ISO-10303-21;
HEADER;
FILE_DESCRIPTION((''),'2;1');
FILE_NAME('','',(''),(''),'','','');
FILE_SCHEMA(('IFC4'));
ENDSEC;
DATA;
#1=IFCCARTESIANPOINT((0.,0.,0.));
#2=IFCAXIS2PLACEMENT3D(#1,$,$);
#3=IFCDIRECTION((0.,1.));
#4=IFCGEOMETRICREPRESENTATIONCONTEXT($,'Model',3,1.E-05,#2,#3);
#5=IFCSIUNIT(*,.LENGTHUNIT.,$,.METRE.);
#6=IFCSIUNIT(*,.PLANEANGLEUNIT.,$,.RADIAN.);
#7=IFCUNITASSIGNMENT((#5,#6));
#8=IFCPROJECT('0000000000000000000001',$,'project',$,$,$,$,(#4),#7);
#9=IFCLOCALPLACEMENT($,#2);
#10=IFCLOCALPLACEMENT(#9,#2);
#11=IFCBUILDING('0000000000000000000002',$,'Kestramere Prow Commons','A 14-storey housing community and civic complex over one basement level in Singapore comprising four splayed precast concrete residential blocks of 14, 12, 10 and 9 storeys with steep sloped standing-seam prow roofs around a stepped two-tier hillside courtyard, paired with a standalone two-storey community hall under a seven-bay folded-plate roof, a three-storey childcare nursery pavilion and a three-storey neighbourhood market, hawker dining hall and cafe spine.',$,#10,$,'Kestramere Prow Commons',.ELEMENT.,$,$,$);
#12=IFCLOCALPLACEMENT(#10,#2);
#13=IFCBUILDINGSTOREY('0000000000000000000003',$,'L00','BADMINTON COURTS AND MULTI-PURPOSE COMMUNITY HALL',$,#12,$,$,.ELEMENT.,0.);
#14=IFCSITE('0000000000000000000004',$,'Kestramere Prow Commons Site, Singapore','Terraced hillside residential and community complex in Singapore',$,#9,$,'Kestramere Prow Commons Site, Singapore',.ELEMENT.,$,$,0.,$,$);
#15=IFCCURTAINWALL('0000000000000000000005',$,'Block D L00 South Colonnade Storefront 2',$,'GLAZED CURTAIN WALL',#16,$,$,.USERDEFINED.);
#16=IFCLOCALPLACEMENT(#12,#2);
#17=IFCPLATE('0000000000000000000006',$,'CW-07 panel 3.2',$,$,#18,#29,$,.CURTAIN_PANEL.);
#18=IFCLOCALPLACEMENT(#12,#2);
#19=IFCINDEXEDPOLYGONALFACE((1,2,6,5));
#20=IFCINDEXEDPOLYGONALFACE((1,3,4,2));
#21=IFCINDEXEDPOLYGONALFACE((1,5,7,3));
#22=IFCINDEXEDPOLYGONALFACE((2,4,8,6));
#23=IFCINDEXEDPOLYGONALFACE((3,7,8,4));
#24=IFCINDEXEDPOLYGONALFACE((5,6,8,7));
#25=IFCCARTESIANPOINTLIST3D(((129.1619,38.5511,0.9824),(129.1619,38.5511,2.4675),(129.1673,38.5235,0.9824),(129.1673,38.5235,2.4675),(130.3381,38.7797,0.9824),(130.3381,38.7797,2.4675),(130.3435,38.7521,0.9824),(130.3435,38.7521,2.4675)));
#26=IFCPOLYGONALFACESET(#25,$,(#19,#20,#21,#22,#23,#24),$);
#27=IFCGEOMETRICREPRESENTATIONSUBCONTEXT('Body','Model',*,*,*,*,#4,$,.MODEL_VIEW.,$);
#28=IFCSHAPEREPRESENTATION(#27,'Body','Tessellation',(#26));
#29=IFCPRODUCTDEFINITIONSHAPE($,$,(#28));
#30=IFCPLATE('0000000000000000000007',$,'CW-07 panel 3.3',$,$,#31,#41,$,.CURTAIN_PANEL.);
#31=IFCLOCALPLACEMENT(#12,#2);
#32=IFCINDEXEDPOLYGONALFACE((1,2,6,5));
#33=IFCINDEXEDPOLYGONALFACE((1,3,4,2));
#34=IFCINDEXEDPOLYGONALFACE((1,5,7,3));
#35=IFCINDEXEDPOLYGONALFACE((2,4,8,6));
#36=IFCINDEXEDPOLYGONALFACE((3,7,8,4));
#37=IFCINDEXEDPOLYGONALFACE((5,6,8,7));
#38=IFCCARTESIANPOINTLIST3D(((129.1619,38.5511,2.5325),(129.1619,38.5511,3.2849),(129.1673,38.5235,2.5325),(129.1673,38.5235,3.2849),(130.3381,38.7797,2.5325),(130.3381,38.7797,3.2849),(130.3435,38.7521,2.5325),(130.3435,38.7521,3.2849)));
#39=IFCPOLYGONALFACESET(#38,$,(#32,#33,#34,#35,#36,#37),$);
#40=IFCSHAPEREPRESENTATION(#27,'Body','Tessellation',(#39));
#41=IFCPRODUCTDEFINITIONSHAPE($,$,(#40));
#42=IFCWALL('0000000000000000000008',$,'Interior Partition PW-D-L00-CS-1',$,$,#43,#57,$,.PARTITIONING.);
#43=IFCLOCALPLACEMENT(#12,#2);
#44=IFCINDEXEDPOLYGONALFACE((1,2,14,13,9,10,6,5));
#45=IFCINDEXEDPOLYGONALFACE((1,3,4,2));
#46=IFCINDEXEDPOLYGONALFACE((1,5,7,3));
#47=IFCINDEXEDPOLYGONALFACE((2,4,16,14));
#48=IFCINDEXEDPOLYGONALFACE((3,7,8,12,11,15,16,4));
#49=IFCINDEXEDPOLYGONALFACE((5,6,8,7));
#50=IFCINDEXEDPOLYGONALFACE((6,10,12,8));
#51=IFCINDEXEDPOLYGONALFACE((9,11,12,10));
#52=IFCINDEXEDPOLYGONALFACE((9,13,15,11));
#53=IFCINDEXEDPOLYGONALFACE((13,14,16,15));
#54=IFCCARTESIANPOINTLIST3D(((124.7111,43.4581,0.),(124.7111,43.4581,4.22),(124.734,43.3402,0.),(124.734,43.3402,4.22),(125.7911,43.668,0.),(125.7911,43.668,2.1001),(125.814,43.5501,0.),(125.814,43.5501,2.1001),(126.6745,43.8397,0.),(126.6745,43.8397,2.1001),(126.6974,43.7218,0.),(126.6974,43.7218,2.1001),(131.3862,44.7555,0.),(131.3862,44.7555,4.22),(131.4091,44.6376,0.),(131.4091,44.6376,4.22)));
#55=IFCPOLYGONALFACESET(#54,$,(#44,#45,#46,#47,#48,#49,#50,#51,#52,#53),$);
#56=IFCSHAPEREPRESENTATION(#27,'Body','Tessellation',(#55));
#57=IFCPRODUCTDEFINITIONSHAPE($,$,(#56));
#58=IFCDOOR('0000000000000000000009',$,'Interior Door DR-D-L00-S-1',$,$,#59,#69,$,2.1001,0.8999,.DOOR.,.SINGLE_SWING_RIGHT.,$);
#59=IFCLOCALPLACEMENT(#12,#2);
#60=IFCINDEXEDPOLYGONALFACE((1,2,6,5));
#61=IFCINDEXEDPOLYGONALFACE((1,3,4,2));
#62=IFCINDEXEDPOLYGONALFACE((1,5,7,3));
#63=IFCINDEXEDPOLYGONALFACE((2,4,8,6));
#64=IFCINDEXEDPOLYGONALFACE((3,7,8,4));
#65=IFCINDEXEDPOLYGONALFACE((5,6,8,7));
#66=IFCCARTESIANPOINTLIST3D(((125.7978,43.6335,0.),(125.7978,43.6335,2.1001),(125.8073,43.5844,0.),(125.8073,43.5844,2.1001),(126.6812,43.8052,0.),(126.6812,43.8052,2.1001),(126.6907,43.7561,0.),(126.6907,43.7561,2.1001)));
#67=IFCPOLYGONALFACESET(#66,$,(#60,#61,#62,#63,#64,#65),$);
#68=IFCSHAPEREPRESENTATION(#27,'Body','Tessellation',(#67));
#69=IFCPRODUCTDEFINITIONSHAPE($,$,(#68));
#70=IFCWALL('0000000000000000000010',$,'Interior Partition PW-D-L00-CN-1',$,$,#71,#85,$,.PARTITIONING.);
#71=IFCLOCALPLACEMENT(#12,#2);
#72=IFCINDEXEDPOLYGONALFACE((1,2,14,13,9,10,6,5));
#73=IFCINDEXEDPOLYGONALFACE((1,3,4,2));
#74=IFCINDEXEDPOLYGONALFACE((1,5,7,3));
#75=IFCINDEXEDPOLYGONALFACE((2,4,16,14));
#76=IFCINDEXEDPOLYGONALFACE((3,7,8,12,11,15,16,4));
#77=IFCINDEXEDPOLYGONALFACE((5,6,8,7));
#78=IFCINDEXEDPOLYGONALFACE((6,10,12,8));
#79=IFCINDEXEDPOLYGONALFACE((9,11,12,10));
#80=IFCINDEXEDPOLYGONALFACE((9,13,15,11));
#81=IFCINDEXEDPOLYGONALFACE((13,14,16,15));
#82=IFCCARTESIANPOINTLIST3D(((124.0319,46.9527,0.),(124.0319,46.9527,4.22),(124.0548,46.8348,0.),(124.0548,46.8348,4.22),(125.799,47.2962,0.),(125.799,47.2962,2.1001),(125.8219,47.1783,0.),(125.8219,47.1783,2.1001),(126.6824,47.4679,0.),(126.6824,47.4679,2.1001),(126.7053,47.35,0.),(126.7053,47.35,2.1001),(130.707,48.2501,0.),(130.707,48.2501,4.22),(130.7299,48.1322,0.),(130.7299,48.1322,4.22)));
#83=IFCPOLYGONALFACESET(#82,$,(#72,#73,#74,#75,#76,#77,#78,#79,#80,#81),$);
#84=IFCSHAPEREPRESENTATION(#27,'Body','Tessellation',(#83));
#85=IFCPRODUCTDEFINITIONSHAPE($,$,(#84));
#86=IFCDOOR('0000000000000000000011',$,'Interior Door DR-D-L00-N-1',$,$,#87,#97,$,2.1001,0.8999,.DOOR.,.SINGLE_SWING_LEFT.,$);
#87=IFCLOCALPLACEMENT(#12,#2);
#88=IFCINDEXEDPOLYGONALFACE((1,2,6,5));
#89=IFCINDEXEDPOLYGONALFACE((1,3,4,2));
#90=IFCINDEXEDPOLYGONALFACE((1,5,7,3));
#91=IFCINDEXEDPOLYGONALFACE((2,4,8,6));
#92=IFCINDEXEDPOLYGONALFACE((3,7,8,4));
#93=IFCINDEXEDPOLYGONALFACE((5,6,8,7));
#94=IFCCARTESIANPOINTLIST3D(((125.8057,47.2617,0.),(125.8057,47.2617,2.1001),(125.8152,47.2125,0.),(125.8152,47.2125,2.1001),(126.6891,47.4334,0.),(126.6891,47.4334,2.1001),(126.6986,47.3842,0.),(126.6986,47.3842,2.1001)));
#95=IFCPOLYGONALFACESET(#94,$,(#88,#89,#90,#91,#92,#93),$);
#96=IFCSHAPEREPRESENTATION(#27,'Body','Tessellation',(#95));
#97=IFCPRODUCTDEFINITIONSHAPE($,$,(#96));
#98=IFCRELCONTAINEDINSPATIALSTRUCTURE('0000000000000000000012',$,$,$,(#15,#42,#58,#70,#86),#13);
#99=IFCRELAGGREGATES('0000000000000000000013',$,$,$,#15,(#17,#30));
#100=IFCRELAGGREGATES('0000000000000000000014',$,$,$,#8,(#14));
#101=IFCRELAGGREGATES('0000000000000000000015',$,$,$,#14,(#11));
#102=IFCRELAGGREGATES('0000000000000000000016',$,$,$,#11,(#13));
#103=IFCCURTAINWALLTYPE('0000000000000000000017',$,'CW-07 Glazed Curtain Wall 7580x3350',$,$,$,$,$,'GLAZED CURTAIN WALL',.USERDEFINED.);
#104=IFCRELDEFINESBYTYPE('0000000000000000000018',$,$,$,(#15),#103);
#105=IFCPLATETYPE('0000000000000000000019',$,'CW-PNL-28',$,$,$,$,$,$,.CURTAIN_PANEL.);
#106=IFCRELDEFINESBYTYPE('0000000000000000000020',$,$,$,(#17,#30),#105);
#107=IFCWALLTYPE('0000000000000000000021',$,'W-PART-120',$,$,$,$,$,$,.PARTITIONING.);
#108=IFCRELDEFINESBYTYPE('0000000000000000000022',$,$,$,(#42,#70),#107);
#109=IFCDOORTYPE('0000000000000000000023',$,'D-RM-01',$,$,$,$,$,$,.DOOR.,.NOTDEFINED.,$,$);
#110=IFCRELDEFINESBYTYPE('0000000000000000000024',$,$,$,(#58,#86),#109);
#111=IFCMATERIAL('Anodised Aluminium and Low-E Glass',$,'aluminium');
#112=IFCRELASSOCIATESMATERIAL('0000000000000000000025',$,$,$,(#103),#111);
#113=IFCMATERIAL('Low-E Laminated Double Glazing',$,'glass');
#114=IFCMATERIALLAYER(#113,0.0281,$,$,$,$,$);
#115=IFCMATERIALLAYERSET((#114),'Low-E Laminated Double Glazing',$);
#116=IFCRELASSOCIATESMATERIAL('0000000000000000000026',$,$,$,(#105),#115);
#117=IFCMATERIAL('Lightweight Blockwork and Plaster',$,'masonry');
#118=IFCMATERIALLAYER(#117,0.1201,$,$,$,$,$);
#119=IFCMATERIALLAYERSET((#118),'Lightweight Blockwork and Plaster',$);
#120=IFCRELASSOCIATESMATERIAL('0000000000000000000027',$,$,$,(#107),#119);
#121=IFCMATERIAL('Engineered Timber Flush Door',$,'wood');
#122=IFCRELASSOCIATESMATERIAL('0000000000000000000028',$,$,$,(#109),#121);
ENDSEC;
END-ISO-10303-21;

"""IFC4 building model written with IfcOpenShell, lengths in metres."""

from ifc_helpers import new_model, si_unit, direction, frame, frame_2d, origin, origin_2d, place, context, subcontext, project, spatial, rectangle, extrude, material, layer, layer_set, type_object, element, fill, aggregate, save


model = new_model("IFC4")

# Units and contexts
model_context = context("Model", 3, precision=1e-05, world=origin(), true_north=direction((0.0, 1.0)))
body_context = subcontext(model_context, "Body", "Model", "MODEL_VIEW")
ifc_project = project(units=[si_unit("LENGTHUNIT", "METRE"), si_unit("PLANEANGLEUNIT", "RADIAN")], contexts=[model_context])

# Site, building, storey
site_placement = place(None, origin())
site = spatial("IfcSite", under=ifc_project, at=site_placement, Name="Kestramere Prow Commons Site, Singapore", Description="Terraced hillside residential and community complex in Singapore", LongName="Kestramere Prow Commons Site, Singapore", CompositionType="ELEMENT", RefElevation=0.0)
building_placement = place(site_placement, origin())
building = spatial("IfcBuilding", under=site, at=building_placement, Name="Kestramere Prow Commons", Description="A 14-storey housing community and civic complex over one basement level in Singapore comprising four splayed precast concrete residential blocks of 14, 12, 10 and 9 storeys with steep sloped standing-seam prow roofs around a stepped two-tier hillside courtyard, paired with a standalone two-storey community hall under a seven-bay folded-plate roof, a three-storey childcare nursery pavilion and a three-storey neighbourhood market, hawker dining hall and cafe spine.", LongName="Kestramere Prow Commons", CompositionType="ELEMENT")
storey_placement = place(building_placement, origin())
storey = spatial("IfcBuildingStorey", under=building, at=storey_placement, Name="L00", Description="BADMINTON COURTS AND MULTI-PURPOSE COMMUNITY HALL", CompositionType="ELEMENT", Elevation=0.0)

# Curtain wall
ifc_material_1 = material(Name="Anodised Aluminium and Low-E Glass", Category="aluminium")
curtain_wall_type = type_object("IfcCurtainWallType", Name="CW-07 Glazed Curtain Wall 7580x3350", ElementType="GLAZED CURTAIN WALL", PredefinedType="USERDEFINED", material=ifc_material_1)
curtain_wall_placement = place(storey_placement, origin())
curtain_wall = element("IfcCurtainWall", 1, at=curtain_wall_placement, inside=storey, type_object=curtain_wall_type, Name="Block D L00 South Colonnade Storefront 2", ObjectType="GLAZED CURTAIN WALL", PredefinedType="USERDEFINED")

# Plates
ifc_material_2 = material(Name="Low-E Laminated Double Glazing", Category="glass")
ifc_layer_1 = layer(ifc_material_2, 0.0281)
ifc_layer_set_1 = layer_set([ifc_layer_1], Name="Low-E Laminated Double Glazing")
plate_type = type_object("IfcPlateType", Name="CW-PNL-28", PredefinedType="CURTAIN_PANEL", material=ifc_layer_set_1)
plate_1_placement = place(storey_placement, frame((129.7527, 38.6516, 0.9824), z_axis=(0.0, 0.0, 1.0), x_axis=(-0.981627, -0.190809, 0.0)))
plate_1 = element("IfcPlate", 2, at=plate_1_placement, type_object=plate_type, Name="CW-07 panel 3.2", PredefinedType="CURTAIN_PANEL", context=body_context, shape_type="SweptSolid", body=[
    extrude(rectangle(XDim=1.1982, YDim=0.0281, at=origin_2d()), origin(), (0.0, 0.0, 1.0), 1.4851),
])
plate_2_placement = place(storey_placement, frame((129.7527, 38.6516, 2.5325), z_axis=(0.0, 0.0, 1.0), x_axis=(-0.981627, -0.190809, 0.0)))
plate_2 = element("IfcPlate", 3, at=plate_2_placement, type_object=plate_type, Name="CW-07 panel 3.3", PredefinedType="CURTAIN_PANEL", context=body_context, shape_type="SweptSolid", body=[
    extrude(rectangle(XDim=1.1982, YDim=0.0281, at=origin_2d()), origin(), (0.0, 0.0, 1.0), 0.7524),
])
aggregate(curtain_wall, [plate_1, plate_2])

# Walls, openings, doors
ifc_material_3 = material(Name="Lightweight Blockwork and Plaster", Category="masonry")
ifc_layer_2 = layer(ifc_material_3, 0.1201)
ifc_layer_set_2 = layer_set([ifc_layer_2], Name="Lightweight Blockwork and Plaster")
wall_type = type_object("IfcWallType", Name="W-PART-120", PredefinedType="PARTITIONING", material=ifc_layer_set_2)
wall_1_placement = place(storey_placement, frame((124.7227, 43.3992, 0.0), z_axis=(0.0, 0.0, 1.0), x_axis=(0.981631, 0.19079, 0.0)))
wall_1 = element("IfcWall", 4, at=wall_1_placement, inside=storey, type_object=wall_type, Name="Interior Partition PW-D-L00-CS-1", PredefinedType="PARTITIONING", context=body_context, shape_type="SweptSolid", body=[
    extrude(rectangle(XDim=6.8, YDim=0.1201, at=frame_2d((3.3999, 0.0))), origin(), (0.0, 0.0, 1.0), 4.22),
])
opening_1_placement = place(wall_1_placement, frame((1.1001, 0.0, 0.0)))
opening_1 = element("IfcOpeningElement", 5, at=opening_1_placement, cuts=wall_1, PredefinedType="OPENING", context=body_context, shape_type="SweptSolid", body=[
    extrude(rectangle(XDim=0.8999, YDim=2.1001, at=frame_2d((0.45, 1.05))), frame((0.0, 0.075, 0.0), z_axis=(0.0, -1.0, 0.0), x_axis=(1.0, 0.0, 0.0)), (0.0, 0.0, 1.0), 0.1501),
])
ifc_material_4 = material(Name="Engineered Timber Flush Door", Category="wood")
door_type = type_object("IfcDoorType", Name="D-RM-01", OperationType="NOTDEFINED", PredefinedType="DOOR", material=ifc_material_4)
door_1_placement = place(opening_1_placement, origin())
door_1 = element("IfcDoor", 6, at=door_1_placement, inside=storey, type_object=door_type, Name="Interior Door DR-D-L00-S-1", OperationType="SINGLE_SWING_RIGHT", OverallHeight=2.1001, OverallWidth=0.8999, PredefinedType="DOOR", context=body_context, shape_type="SweptSolid", body=[
    extrude(rectangle(XDim=0.8999, YDim=2.1001, at=frame_2d((0.45, 1.05))), frame((0.0, 0.0249, 0.0), z_axis=(0.0, -1.0, 0.0), x_axis=(1.0, 0.0, 0.0)), (0.0, 0.0, 1.0), 0.05),
])
fill(opening_1, door_1)
wall_2_placement = place(storey_placement, frame((124.0435, 46.8938, 0.0), z_axis=(0.0, 0.0, 1.0), x_axis=(0.981631, 0.19079, 0.0)))
wall_2 = element("IfcWall", 7, at=wall_2_placement, inside=storey, type_object=wall_type, Name="Interior Partition PW-D-L00-CN-1", PredefinedType="PARTITIONING", context=body_context, shape_type="SweptSolid", body=[
    extrude(rectangle(XDim=6.8, YDim=0.1201, at=frame_2d((3.3999, 0.0))), origin(), (0.0, 0.0, 1.0), 4.22),
])
opening_2_placement = place(wall_2_placement, frame((1.8, 0.0, 0.0)))
opening_2 = element("IfcOpeningElement", 8, at=opening_2_placement, cuts=wall_2, PredefinedType="OPENING", context=body_context, shape_type="SweptSolid", body=[
    extrude(rectangle(XDim=0.8999, YDim=2.1001, at=frame_2d((0.45, 1.05))), frame((0.0, 0.075, 0.0), z_axis=(0.0, -1.0, 0.0), x_axis=(1.0, 0.0, 0.0)), (0.0, 0.0, 1.0), 0.1501),
])
door_2_placement = place(opening_2_placement, origin())
door_2 = element("IfcDoor", 9, at=door_2_placement, inside=storey, type_object=door_type, Name="Interior Door DR-D-L00-N-1", OperationType="SINGLE_SWING_LEFT", OverallHeight=2.1001, OverallWidth=0.8999, PredefinedType="DOOR", context=body_context, shape_type="SweptSolid", body=[
    extrude(rectangle(XDim=0.8999, YDim=2.1001, at=frame_2d((0.45, 1.05))), frame((0.0, 0.0249, 0.0), z_axis=(0.0, -1.0, 0.0), x_axis=(1.0, 0.0, 0.0)), (0.0, 0.0, 1.0), 0.05),
])
fill(opening_2, door_2)

save(model, "model.ifc")
